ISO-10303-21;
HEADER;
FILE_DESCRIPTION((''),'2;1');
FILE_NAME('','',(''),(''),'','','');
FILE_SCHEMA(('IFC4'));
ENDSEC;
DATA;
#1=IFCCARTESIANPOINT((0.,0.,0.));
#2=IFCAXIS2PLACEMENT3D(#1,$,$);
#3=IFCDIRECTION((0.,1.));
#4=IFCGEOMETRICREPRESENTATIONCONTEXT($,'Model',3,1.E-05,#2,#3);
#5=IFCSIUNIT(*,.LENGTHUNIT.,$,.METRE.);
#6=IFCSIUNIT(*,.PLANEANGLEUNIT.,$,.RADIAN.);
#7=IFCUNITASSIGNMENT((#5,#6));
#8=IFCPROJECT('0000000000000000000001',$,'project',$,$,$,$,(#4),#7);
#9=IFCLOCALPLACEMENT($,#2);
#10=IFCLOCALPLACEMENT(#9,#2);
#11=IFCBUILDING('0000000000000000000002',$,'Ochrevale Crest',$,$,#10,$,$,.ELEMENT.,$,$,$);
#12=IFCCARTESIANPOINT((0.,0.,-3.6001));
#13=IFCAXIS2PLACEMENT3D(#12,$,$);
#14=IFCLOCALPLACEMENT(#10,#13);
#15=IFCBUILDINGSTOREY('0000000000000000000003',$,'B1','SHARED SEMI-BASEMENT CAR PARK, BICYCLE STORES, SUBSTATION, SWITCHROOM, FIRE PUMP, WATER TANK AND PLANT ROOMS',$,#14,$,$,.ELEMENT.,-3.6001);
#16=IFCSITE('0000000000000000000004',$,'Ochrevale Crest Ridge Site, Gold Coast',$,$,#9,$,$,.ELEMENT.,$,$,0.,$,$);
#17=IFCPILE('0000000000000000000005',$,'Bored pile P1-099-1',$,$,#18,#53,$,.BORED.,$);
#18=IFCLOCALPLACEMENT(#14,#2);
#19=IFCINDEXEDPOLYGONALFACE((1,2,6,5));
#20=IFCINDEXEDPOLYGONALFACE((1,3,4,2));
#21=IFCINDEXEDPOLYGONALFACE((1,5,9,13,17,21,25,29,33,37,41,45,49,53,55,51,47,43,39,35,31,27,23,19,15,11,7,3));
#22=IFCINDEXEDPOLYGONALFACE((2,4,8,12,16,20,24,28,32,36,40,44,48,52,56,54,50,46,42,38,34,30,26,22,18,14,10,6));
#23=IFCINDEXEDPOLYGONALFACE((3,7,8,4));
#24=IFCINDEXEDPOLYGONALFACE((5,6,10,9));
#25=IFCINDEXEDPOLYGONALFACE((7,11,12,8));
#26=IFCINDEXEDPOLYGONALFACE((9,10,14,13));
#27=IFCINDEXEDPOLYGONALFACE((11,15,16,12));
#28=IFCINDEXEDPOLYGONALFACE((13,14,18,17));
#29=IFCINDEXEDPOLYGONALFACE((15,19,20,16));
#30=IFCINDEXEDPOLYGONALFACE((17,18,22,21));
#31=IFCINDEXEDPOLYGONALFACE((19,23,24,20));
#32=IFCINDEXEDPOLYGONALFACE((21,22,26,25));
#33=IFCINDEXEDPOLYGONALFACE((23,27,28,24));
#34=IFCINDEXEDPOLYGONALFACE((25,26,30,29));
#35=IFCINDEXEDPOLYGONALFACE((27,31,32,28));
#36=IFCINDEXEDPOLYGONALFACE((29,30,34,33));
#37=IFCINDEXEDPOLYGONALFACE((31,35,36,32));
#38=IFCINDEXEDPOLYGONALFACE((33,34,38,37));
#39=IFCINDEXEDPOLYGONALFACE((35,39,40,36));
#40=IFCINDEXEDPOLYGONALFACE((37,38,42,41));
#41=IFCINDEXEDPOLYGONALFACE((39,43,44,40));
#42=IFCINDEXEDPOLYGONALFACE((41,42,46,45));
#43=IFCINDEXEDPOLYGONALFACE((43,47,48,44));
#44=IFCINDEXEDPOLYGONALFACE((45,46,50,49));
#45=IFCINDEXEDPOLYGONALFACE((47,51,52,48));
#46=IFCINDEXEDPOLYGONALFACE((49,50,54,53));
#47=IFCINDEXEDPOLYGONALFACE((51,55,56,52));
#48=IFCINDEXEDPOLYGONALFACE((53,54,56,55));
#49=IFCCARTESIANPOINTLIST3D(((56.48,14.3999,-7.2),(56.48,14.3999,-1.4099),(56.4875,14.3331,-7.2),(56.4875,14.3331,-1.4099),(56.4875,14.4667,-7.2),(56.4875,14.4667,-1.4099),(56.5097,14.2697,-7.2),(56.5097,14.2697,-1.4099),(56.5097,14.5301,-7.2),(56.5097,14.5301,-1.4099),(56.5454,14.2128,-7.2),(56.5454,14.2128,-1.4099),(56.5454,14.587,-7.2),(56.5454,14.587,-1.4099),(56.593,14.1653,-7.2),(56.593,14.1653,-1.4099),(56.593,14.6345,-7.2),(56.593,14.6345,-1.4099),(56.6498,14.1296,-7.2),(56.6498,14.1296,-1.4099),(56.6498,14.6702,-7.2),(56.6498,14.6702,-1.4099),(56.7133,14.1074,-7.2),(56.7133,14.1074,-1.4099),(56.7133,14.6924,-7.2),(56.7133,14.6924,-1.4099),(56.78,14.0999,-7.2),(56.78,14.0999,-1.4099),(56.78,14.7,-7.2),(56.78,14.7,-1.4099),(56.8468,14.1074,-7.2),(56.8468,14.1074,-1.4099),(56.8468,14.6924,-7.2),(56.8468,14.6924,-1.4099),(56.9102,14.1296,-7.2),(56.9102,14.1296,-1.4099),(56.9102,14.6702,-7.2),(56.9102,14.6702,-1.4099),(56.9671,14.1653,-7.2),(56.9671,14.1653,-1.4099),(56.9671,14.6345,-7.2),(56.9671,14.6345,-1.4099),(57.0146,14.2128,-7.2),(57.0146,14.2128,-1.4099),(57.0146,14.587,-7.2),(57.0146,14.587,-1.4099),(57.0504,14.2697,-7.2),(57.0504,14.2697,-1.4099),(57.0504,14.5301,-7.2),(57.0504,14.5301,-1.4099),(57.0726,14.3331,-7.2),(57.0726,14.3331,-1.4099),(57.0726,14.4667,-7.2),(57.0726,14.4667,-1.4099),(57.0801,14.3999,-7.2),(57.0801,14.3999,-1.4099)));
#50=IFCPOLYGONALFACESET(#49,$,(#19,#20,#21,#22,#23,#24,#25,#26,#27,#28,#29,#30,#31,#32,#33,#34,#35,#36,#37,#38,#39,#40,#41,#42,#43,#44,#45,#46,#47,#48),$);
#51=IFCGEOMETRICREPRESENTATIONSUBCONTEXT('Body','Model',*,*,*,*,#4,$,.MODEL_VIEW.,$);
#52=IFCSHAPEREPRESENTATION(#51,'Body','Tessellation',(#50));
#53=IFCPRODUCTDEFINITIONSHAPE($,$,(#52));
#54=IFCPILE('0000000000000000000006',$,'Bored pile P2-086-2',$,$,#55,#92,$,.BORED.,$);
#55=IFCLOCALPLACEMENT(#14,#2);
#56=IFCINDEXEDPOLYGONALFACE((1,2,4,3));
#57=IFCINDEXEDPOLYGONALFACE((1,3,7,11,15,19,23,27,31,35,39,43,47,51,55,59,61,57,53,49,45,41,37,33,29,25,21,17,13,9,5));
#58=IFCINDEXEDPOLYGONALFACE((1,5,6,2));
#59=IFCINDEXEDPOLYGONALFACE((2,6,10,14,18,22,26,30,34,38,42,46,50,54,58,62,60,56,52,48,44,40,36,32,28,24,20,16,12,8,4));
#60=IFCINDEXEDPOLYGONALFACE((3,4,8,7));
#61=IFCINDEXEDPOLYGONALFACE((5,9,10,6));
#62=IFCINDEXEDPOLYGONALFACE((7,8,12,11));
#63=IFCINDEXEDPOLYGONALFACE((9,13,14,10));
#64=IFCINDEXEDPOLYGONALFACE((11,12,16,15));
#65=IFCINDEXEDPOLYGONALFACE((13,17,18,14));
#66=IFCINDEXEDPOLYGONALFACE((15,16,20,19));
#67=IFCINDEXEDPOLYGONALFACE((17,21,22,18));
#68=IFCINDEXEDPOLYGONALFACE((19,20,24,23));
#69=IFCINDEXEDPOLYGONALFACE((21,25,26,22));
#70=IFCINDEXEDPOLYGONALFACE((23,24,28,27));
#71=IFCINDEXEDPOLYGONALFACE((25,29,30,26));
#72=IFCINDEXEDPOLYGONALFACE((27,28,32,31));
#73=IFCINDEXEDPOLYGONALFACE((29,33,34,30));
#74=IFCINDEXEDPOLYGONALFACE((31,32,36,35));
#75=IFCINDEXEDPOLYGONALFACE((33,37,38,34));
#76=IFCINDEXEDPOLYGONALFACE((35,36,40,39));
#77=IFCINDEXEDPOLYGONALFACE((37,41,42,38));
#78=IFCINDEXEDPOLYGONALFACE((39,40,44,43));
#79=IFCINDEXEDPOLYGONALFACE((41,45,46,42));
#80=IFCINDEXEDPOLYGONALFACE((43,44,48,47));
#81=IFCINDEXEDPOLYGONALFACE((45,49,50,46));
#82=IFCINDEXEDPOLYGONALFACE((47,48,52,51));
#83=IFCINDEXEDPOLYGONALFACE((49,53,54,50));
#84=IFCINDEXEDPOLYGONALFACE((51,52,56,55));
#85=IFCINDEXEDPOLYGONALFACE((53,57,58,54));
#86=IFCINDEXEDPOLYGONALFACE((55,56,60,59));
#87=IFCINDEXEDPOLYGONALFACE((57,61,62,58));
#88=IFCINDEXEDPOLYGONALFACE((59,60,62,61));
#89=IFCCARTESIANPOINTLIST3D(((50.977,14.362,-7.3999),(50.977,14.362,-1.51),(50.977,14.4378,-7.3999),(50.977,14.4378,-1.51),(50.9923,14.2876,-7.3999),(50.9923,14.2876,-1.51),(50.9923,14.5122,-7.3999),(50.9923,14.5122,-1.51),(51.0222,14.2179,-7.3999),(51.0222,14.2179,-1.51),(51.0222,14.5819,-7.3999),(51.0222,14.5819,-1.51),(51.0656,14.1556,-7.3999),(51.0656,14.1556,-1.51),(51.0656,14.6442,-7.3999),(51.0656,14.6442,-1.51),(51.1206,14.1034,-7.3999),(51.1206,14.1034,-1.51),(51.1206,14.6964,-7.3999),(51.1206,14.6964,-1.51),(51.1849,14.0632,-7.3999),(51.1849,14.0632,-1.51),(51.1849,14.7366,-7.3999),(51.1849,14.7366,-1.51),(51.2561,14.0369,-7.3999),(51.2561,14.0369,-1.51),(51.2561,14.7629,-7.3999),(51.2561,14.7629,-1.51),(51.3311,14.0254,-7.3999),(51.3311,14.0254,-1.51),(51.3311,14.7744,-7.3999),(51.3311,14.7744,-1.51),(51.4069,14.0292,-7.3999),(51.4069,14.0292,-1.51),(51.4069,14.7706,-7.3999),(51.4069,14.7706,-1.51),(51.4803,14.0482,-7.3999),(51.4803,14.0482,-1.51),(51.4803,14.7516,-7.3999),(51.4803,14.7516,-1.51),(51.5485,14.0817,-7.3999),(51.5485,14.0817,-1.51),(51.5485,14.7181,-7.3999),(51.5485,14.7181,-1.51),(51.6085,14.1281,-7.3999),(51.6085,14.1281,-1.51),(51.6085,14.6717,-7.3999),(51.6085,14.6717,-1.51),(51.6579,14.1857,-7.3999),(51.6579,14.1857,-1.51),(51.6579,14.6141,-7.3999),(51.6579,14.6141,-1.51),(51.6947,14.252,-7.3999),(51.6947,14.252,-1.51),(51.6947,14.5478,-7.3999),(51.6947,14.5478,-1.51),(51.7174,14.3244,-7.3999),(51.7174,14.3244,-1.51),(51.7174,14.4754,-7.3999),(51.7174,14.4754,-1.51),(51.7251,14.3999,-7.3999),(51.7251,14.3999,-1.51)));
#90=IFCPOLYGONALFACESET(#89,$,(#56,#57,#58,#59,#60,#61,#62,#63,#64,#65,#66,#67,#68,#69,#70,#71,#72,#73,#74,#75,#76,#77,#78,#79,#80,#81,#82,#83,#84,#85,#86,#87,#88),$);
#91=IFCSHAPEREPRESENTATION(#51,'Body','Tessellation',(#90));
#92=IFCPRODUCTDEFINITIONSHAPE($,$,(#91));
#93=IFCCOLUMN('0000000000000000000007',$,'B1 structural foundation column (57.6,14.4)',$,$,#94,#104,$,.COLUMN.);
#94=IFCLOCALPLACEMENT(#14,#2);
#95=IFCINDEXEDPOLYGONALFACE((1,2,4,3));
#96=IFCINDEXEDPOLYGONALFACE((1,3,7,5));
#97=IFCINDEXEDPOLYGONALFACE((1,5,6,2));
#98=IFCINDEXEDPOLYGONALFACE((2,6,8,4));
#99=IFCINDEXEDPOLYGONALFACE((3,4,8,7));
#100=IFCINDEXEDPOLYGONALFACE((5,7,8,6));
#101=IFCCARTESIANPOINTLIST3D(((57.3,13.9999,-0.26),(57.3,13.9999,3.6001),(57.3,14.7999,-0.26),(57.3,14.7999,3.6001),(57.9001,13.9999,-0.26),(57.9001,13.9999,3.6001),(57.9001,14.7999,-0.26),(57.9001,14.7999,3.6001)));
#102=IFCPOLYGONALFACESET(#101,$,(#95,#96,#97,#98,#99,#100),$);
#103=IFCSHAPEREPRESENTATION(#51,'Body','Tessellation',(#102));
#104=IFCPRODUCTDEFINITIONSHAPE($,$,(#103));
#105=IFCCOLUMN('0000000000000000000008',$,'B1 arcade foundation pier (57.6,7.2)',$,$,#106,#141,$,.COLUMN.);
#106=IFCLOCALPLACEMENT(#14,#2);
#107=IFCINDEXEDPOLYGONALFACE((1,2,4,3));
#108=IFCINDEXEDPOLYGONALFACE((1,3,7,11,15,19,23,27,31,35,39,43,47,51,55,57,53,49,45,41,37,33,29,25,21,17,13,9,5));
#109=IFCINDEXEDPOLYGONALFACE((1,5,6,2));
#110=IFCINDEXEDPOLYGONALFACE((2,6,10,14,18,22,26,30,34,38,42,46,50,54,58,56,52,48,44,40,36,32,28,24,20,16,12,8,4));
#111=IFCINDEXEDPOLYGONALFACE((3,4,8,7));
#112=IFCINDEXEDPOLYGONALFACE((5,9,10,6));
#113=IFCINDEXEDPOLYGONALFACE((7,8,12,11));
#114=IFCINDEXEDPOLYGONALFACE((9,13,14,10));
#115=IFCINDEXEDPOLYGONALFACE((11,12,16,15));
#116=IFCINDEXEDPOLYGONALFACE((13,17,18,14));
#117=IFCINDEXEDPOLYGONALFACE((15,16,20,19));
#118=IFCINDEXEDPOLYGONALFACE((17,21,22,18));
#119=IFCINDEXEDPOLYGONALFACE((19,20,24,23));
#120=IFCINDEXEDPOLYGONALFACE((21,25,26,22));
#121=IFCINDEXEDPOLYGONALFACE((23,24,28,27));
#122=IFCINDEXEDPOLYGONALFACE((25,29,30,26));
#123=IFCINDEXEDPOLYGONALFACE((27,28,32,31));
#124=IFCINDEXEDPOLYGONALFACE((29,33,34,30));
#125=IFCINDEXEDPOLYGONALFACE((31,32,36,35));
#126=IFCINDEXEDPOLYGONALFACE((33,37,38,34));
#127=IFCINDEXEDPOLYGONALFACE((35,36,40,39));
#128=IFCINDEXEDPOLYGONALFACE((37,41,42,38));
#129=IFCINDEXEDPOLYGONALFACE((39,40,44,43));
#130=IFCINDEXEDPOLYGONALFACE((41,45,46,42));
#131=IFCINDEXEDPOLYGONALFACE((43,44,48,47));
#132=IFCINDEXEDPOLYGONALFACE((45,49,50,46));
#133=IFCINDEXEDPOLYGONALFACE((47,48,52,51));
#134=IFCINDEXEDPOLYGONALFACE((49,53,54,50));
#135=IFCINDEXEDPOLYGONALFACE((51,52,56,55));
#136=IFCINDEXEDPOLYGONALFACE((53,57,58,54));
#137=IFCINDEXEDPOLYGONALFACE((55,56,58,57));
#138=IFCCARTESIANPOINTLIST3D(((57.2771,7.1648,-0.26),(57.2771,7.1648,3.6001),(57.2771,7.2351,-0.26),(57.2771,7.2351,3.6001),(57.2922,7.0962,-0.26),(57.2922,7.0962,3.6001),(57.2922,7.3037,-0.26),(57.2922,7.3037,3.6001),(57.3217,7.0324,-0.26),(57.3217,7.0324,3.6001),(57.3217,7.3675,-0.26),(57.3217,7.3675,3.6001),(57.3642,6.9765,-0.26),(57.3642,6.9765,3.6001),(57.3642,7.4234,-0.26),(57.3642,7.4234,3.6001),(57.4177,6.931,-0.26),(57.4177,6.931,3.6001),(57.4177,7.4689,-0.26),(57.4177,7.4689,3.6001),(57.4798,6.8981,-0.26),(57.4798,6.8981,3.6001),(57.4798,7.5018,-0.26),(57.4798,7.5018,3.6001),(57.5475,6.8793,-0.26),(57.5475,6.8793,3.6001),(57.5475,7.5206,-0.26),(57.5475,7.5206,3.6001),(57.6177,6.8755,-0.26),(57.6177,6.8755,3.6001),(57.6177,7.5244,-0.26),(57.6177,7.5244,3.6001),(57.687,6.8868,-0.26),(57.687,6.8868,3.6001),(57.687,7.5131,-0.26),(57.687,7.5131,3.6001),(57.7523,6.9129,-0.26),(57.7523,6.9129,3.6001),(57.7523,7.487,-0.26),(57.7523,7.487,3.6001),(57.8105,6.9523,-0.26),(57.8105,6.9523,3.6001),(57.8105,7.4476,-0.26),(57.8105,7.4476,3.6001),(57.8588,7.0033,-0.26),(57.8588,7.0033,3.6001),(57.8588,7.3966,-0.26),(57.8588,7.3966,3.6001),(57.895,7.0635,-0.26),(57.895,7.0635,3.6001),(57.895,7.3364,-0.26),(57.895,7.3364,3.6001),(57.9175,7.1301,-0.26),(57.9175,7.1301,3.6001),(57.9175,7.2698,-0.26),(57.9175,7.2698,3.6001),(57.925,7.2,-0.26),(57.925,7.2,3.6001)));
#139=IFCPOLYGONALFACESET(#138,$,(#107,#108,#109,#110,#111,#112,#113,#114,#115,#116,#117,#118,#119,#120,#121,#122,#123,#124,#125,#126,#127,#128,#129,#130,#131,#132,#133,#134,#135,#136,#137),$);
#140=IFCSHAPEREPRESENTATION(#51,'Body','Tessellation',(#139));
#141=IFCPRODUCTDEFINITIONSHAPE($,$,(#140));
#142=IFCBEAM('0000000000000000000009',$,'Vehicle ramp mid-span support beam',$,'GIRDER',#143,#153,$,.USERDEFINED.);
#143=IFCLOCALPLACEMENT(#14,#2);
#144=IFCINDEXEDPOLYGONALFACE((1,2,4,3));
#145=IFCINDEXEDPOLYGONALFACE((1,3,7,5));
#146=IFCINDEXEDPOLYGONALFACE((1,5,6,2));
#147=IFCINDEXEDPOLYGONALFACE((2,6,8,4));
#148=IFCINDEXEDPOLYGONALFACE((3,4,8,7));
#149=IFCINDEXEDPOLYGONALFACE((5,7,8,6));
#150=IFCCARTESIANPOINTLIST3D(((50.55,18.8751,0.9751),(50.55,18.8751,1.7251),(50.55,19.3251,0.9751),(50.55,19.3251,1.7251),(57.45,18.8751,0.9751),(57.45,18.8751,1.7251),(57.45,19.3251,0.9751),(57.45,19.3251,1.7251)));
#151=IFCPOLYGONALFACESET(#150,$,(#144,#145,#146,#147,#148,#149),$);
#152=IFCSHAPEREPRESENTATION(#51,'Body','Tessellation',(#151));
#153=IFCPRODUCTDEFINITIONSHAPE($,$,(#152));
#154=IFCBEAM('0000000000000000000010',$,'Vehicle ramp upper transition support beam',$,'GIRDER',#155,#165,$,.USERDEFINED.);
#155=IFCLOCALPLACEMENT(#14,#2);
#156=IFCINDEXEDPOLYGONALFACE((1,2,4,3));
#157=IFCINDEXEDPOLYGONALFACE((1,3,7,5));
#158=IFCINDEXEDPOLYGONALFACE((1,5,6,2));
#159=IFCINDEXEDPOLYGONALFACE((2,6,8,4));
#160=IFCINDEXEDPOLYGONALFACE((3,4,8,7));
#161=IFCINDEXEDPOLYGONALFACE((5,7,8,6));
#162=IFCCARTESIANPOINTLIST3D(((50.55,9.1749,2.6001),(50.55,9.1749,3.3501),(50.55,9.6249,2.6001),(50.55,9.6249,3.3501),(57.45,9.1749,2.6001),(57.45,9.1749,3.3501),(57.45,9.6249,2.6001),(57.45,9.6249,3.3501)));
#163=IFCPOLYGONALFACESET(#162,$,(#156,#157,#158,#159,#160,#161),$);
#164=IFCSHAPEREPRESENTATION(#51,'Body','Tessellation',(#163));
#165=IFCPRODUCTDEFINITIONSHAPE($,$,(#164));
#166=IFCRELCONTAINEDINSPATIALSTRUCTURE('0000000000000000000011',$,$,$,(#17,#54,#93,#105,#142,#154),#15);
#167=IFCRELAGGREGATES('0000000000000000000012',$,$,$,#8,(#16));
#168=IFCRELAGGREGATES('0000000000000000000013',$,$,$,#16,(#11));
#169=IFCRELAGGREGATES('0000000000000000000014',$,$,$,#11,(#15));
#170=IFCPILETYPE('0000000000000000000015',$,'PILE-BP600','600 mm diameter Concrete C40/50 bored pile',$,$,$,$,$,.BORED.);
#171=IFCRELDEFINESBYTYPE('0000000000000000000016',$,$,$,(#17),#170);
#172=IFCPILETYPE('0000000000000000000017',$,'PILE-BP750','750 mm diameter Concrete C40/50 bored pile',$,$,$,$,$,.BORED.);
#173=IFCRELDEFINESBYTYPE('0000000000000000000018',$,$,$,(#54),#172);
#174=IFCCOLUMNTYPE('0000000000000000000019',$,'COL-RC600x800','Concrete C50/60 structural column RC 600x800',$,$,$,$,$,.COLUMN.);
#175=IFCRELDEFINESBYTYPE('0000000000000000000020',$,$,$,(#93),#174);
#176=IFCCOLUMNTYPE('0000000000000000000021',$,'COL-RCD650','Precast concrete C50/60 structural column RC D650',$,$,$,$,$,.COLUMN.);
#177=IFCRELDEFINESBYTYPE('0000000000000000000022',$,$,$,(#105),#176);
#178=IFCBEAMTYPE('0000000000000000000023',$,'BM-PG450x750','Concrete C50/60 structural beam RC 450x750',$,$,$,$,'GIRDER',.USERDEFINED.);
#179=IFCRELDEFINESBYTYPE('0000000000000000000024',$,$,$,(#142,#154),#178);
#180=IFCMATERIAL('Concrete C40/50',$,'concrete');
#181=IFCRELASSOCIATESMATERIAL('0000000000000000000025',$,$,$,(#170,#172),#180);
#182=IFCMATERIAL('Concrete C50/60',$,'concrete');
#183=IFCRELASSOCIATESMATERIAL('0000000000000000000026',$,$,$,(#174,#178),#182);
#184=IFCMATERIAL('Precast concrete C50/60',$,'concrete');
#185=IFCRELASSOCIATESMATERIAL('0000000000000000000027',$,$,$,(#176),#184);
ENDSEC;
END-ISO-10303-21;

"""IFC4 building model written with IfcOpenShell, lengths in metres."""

from ifc_helpers import new_model, si_unit, direction, frame, origin, origin_2d, place, context, subcontext, project, spatial, rectangle, circle, extrude, material, material_profile, profile_set, type_object, element, save


model = new_model("IFC4")

# Units and contexts
model_context = context("Model", 3, precision=1e-05, world=origin(), true_north=direction((0.0, 1.0)))
body_context = subcontext(model_context, "Body", "Model", "MODEL_VIEW")
ifc_project = project(units=[si_unit("LENGTHUNIT", "METRE"), si_unit("PLANEANGLEUNIT", "RADIAN")], contexts=[model_context])

# Site, building, storey
site_placement = place(None, origin())
site = spatial("IfcSite", under=ifc_project, at=site_placement, Name="Ochrevale Crest Ridge Site, Gold Coast", CompositionType="ELEMENT", RefElevation=0.0)
building_placement = place(site_placement, origin())
building = spatial("IfcBuilding", under=site, at=building_placement, Name="Ochrevale Crest", CompositionType="ELEMENT")
storey_placement = place(building_placement, frame((0.0, 0.0, -3.6001)))
storey = spatial("IfcBuildingStorey", under=building, at=storey_placement, Name="B1", Description="SHARED SEMI-BASEMENT CAR PARK, BICYCLE STORES, SUBSTATION, SWITCHROOM, FIRE PUMP, WATER TANK AND PLANT ROOMS", CompositionType="ELEMENT", Elevation=-3.6001)

# Shared definitions
ifc_material_1 = material(Name="Concrete C40/50", Category="concrete")

# Piles
ifc_material_profile_1 = material_profile(ifc_material_1, circle(Radius=0.3, at=origin_2d()), Name="BORED PILE 600")
ifc_profile_set_1 = profile_set([ifc_material_profile_1], Name="Concrete C40/50")
pile_type_1 = type_object("IfcPileType", Name="PILE-BP600", Description="600 mm diameter Concrete C40/50 bored pile", PredefinedType="BORED", material=ifc_profile_set_1)
pile_1_placement = place(storey_placement, frame((56.78, 14.3999, -1.4099), z_axis=(0.0, 0.0, -1.0), x_axis=(1.0, 0.0, 0.0)))
element("IfcPile", 1, at=pile_1_placement, inside=storey, type_object=pile_type_1, Name="Bored pile P1-099-1", PredefinedType="BORED", context=body_context, shape_type="SweptSolid", body=[
    extrude(circle(Radius=0.3, at=origin_2d()), origin(), (0.0, 0.0, 1.0), 5.79),
])
ifc_material_profile_2 = material_profile(ifc_material_1, circle(Radius=0.375, at=origin_2d()), Name="BORED PILE 750")
ifc_profile_set_2 = profile_set([ifc_material_profile_2], Name="Concrete C40/50")
pile_type_2 = type_object("IfcPileType", Name="PILE-BP750", Description="750 mm diameter Concrete C40/50 bored pile", PredefinedType="BORED", material=ifc_profile_set_2)
pile_2_placement = place(storey_placement, frame((51.3501, 14.3999, -1.51), z_axis=(0.0, 0.0, -1.0), x_axis=(1.0, 0.0, 0.0)))
element("IfcPile", 2, at=pile_2_placement, inside=storey, type_object=pile_type_2, Name="Bored pile P2-086-2", PredefinedType="BORED", context=body_context, shape_type="SweptSolid", body=[
    extrude(circle(Radius=0.375, at=origin_2d()), origin(), (0.0, 0.0, 1.0), 5.8899),
])

# Columns
ifc_material_2 = material(Name="Concrete C50/60", Category="concrete")
ifc_material_profile_3 = material_profile(ifc_material_2, rectangle(XDim=0.6001, YDim=0.8, at=origin_2d()), Name="RC 600x800")
ifc_profile_set_3 = profile_set([ifc_material_profile_3], Name="Concrete C50/60")
column_type_1 = type_object("IfcColumnType", Name="COL-RC600x800", Description="Concrete C50/60 structural column RC 600x800", PredefinedType="COLUMN", material=ifc_profile_set_3)
column_1_placement = place(storey_placement, frame((57.6001, 14.3999, -0.26), z_axis=(0.0, 0.0, 1.0), x_axis=(1.0, 0.0, 0.0)))
element("IfcColumn", 3, at=column_1_placement, inside=storey, type_object=column_type_1, Name="B1 structural foundation column (57.6,14.4)", PredefinedType="COLUMN", context=body_context, shape_type="SweptSolid", body=[
    extrude(rectangle(XDim=0.6001, YDim=0.8, at=origin_2d()), origin(), (0.0, 0.0, 1.0), 3.8601),
])
ifc_material_3 = material(Name="Precast concrete C50/60", Category="concrete")
ifc_material_profile_4 = material_profile(ifc_material_3, circle(Radius=0.325, at=origin_2d()), Name="RC D650")
ifc_profile_set_4 = profile_set([ifc_material_profile_4], Name="Precast concrete C50/60")
column_type_2 = type_object("IfcColumnType", Name="COL-RCD650", Description="Precast concrete C50/60 structural column RC D650", PredefinedType="COLUMN", material=ifc_profile_set_4)
column_2_placement = place(storey_placement, frame((57.6001, 7.2, -0.26), z_axis=(0.0, 0.0, 1.0), x_axis=(1.0, 0.0, 0.0)))
element("IfcColumn", 4, at=column_2_placement, inside=storey, type_object=column_type_2, Name="B1 arcade foundation pier (57.6,7.2)", PredefinedType="COLUMN", context=body_context, shape_type="SweptSolid", body=[
    extrude(circle(Radius=0.325, at=origin_2d()), origin(), (0.0, 0.0, 1.0), 3.8601),
])

# Beams
ifc_material_profile_5 = material_profile(ifc_material_2, rectangle(XDim=0.45, YDim=0.75, at=origin_2d()), Name="RC 450x750")
ifc_profile_set_5 = profile_set([ifc_material_profile_5], Name="Concrete C50/60")
beam_type_1 = type_object("IfcBeamType", Name="BM-PG450x750", Description="Concrete C50/60 structural beam RC 450x750", ElementType="GIRDER", PredefinedType="USERDEFINED", material=ifc_profile_set_5)
for number, where, z_axis, x_axis, name in (
    (5, (50.55, 19.1001, 1.3501), (1.0, 0.0, 0.0), (0.0, 1.0, 0.0), "Vehicle ramp mid-span support beam"),
    (6, (50.55, 9.3999, 2.9751), (1.0, 0.0, 0.0), (0.0, 1.0, 0.0), "Vehicle ramp upper transition support beam"),
):
    element("IfcBeam", number, at=place(storey_placement, frame(where, z_axis=z_axis, x_axis=x_axis)), inside=storey, type_object=beam_type_1, Name=name, ObjectType="GIRDER", PredefinedType="USERDEFINED", context=body_context, shape_type="SweptSolid", body=[
        extrude(rectangle(XDim=0.45, YDim=0.75, at=origin_2d()), origin(), (0.0, 0.0, 1.0), 6.8999),
    ])

save(model, "model.ifc")
